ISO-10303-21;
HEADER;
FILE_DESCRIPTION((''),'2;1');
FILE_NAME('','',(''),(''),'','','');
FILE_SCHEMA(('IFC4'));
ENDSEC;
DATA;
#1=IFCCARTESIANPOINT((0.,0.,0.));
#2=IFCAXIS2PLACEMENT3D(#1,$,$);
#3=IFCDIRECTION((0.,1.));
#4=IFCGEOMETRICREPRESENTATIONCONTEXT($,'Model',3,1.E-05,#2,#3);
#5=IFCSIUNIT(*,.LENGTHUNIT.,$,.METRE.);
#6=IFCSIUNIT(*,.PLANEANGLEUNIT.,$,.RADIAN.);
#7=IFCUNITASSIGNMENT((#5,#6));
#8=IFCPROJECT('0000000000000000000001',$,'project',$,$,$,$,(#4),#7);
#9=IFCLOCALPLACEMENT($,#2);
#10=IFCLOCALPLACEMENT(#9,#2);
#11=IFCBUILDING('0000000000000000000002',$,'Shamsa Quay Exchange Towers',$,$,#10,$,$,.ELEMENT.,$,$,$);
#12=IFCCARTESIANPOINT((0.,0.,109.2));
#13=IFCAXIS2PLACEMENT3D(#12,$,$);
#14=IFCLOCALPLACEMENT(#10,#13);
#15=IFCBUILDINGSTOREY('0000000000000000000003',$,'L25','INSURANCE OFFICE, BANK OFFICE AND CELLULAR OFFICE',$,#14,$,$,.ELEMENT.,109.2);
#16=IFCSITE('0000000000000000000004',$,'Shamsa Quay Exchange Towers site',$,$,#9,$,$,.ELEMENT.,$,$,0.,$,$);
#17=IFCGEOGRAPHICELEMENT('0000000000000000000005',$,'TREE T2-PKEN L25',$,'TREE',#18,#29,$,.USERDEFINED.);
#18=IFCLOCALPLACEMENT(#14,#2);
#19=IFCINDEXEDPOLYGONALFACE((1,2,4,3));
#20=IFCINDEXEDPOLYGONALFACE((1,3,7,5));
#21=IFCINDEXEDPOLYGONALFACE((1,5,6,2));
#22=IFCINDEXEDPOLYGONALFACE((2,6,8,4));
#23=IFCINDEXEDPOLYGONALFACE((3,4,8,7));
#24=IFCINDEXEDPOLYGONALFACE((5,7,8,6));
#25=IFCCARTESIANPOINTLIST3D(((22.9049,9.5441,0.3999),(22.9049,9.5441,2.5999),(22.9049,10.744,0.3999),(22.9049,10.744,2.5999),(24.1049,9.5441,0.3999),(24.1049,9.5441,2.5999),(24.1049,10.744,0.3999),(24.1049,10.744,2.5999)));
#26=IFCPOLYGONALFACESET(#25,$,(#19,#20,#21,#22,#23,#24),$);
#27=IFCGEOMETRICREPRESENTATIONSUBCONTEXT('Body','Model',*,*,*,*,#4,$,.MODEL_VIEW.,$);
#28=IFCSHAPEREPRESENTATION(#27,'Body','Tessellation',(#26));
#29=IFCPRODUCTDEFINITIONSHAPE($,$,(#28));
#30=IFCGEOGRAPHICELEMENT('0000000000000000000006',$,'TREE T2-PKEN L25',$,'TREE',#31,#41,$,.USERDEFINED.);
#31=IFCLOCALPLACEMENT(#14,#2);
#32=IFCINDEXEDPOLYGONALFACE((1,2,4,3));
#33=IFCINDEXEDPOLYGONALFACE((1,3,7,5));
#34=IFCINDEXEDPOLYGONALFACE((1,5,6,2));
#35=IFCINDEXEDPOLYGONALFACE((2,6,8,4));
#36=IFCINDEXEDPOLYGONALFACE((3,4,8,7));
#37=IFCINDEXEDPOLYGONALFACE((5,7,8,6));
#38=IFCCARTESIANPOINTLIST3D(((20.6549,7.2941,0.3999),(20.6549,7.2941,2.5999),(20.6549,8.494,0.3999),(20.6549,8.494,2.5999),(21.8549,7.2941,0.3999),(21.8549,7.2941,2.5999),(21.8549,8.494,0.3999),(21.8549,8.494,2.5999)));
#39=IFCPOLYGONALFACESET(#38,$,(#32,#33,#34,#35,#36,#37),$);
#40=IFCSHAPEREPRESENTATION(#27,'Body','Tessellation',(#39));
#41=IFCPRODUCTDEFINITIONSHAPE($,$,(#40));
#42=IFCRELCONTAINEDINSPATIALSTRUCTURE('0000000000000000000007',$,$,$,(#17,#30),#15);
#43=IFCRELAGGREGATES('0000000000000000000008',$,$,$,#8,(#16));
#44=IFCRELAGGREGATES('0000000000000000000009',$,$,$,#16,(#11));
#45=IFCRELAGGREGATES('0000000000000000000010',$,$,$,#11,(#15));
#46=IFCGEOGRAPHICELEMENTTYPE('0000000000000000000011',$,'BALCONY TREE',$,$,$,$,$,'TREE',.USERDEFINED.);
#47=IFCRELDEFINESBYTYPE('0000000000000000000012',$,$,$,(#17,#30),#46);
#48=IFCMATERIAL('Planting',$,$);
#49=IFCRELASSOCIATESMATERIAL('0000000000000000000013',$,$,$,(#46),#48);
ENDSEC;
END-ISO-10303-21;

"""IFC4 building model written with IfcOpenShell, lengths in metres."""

from ifc_helpers import new_model, si_unit, direction, frame, origin, origin_2d, place, context, subcontext, project, spatial, rectangle, extrude, material, type_object, element, save


model = new_model("IFC4")

# Units and contexts
model_context = context("Model", 3, precision=1e-05, world=origin(), true_north=direction((0.0, 1.0)))
body_context = subcontext(model_context, "Body", "Model", "MODEL_VIEW")
ifc_project = project(units=[si_unit("LENGTHUNIT", "METRE"), si_unit("PLANEANGLEUNIT", "RADIAN")], contexts=[model_context])

# Site, building, storey
site_placement = place(None, origin())
site = spatial("IfcSite", under=ifc_project, at=site_placement, Name="Shamsa Quay Exchange Towers site", CompositionType="ELEMENT", RefElevation=0.0)
building_placement = place(site_placement, origin())
building = spatial("IfcBuilding", under=site, at=building_placement, Name="Shamsa Quay Exchange Towers", CompositionType="ELEMENT")
storey_placement = place(building_placement, frame((0.0, 0.0, 109.2)))
storey = spatial("IfcBuildingStorey", under=building, at=storey_placement, Name="L25", Description="INSURANCE OFFICE, BANK OFFICE AND CELLULAR OFFICE", CompositionType="ELEMENT", Elevation=109.2)

# Geographic elements
ifc_material_1 = material(Name="Planting")
geographic_element_type = type_object("IfcGeographicElementType", Name="BALCONY TREE", ElementType="TREE", PredefinedType="USERDEFINED", material=ifc_material_1)
for number, where, z_axis, x_axis, name in (
    (1, (23.5049, 10.144, 0.3999), (0.0, 0.0, 1.0), (0.0, -1.0, 0.0), "TREE T2-PKEN L25"),
    (2, (21.2549, 7.894, 0.3999), (0.0, 0.0, 1.0), (0.0, -1.0, 0.0), "TREE T2-PKEN L25"),
):
    element("IfcGeographicElement", number, at=place(storey_placement, frame(where, z_axis=z_axis, x_axis=x_axis)), inside=storey, type_object=geographic_element_type, Name=name, ObjectType="TREE", PredefinedType="USERDEFINED", context=body_context, shape_type="SweptSolid", body=[
        extrude(rectangle(XDim=1.2, YDim=1.2, at=origin_2d()), origin(), (0.0, 0.0, 1.0), 2.2),
    ])

save(model, "model.ifc")
